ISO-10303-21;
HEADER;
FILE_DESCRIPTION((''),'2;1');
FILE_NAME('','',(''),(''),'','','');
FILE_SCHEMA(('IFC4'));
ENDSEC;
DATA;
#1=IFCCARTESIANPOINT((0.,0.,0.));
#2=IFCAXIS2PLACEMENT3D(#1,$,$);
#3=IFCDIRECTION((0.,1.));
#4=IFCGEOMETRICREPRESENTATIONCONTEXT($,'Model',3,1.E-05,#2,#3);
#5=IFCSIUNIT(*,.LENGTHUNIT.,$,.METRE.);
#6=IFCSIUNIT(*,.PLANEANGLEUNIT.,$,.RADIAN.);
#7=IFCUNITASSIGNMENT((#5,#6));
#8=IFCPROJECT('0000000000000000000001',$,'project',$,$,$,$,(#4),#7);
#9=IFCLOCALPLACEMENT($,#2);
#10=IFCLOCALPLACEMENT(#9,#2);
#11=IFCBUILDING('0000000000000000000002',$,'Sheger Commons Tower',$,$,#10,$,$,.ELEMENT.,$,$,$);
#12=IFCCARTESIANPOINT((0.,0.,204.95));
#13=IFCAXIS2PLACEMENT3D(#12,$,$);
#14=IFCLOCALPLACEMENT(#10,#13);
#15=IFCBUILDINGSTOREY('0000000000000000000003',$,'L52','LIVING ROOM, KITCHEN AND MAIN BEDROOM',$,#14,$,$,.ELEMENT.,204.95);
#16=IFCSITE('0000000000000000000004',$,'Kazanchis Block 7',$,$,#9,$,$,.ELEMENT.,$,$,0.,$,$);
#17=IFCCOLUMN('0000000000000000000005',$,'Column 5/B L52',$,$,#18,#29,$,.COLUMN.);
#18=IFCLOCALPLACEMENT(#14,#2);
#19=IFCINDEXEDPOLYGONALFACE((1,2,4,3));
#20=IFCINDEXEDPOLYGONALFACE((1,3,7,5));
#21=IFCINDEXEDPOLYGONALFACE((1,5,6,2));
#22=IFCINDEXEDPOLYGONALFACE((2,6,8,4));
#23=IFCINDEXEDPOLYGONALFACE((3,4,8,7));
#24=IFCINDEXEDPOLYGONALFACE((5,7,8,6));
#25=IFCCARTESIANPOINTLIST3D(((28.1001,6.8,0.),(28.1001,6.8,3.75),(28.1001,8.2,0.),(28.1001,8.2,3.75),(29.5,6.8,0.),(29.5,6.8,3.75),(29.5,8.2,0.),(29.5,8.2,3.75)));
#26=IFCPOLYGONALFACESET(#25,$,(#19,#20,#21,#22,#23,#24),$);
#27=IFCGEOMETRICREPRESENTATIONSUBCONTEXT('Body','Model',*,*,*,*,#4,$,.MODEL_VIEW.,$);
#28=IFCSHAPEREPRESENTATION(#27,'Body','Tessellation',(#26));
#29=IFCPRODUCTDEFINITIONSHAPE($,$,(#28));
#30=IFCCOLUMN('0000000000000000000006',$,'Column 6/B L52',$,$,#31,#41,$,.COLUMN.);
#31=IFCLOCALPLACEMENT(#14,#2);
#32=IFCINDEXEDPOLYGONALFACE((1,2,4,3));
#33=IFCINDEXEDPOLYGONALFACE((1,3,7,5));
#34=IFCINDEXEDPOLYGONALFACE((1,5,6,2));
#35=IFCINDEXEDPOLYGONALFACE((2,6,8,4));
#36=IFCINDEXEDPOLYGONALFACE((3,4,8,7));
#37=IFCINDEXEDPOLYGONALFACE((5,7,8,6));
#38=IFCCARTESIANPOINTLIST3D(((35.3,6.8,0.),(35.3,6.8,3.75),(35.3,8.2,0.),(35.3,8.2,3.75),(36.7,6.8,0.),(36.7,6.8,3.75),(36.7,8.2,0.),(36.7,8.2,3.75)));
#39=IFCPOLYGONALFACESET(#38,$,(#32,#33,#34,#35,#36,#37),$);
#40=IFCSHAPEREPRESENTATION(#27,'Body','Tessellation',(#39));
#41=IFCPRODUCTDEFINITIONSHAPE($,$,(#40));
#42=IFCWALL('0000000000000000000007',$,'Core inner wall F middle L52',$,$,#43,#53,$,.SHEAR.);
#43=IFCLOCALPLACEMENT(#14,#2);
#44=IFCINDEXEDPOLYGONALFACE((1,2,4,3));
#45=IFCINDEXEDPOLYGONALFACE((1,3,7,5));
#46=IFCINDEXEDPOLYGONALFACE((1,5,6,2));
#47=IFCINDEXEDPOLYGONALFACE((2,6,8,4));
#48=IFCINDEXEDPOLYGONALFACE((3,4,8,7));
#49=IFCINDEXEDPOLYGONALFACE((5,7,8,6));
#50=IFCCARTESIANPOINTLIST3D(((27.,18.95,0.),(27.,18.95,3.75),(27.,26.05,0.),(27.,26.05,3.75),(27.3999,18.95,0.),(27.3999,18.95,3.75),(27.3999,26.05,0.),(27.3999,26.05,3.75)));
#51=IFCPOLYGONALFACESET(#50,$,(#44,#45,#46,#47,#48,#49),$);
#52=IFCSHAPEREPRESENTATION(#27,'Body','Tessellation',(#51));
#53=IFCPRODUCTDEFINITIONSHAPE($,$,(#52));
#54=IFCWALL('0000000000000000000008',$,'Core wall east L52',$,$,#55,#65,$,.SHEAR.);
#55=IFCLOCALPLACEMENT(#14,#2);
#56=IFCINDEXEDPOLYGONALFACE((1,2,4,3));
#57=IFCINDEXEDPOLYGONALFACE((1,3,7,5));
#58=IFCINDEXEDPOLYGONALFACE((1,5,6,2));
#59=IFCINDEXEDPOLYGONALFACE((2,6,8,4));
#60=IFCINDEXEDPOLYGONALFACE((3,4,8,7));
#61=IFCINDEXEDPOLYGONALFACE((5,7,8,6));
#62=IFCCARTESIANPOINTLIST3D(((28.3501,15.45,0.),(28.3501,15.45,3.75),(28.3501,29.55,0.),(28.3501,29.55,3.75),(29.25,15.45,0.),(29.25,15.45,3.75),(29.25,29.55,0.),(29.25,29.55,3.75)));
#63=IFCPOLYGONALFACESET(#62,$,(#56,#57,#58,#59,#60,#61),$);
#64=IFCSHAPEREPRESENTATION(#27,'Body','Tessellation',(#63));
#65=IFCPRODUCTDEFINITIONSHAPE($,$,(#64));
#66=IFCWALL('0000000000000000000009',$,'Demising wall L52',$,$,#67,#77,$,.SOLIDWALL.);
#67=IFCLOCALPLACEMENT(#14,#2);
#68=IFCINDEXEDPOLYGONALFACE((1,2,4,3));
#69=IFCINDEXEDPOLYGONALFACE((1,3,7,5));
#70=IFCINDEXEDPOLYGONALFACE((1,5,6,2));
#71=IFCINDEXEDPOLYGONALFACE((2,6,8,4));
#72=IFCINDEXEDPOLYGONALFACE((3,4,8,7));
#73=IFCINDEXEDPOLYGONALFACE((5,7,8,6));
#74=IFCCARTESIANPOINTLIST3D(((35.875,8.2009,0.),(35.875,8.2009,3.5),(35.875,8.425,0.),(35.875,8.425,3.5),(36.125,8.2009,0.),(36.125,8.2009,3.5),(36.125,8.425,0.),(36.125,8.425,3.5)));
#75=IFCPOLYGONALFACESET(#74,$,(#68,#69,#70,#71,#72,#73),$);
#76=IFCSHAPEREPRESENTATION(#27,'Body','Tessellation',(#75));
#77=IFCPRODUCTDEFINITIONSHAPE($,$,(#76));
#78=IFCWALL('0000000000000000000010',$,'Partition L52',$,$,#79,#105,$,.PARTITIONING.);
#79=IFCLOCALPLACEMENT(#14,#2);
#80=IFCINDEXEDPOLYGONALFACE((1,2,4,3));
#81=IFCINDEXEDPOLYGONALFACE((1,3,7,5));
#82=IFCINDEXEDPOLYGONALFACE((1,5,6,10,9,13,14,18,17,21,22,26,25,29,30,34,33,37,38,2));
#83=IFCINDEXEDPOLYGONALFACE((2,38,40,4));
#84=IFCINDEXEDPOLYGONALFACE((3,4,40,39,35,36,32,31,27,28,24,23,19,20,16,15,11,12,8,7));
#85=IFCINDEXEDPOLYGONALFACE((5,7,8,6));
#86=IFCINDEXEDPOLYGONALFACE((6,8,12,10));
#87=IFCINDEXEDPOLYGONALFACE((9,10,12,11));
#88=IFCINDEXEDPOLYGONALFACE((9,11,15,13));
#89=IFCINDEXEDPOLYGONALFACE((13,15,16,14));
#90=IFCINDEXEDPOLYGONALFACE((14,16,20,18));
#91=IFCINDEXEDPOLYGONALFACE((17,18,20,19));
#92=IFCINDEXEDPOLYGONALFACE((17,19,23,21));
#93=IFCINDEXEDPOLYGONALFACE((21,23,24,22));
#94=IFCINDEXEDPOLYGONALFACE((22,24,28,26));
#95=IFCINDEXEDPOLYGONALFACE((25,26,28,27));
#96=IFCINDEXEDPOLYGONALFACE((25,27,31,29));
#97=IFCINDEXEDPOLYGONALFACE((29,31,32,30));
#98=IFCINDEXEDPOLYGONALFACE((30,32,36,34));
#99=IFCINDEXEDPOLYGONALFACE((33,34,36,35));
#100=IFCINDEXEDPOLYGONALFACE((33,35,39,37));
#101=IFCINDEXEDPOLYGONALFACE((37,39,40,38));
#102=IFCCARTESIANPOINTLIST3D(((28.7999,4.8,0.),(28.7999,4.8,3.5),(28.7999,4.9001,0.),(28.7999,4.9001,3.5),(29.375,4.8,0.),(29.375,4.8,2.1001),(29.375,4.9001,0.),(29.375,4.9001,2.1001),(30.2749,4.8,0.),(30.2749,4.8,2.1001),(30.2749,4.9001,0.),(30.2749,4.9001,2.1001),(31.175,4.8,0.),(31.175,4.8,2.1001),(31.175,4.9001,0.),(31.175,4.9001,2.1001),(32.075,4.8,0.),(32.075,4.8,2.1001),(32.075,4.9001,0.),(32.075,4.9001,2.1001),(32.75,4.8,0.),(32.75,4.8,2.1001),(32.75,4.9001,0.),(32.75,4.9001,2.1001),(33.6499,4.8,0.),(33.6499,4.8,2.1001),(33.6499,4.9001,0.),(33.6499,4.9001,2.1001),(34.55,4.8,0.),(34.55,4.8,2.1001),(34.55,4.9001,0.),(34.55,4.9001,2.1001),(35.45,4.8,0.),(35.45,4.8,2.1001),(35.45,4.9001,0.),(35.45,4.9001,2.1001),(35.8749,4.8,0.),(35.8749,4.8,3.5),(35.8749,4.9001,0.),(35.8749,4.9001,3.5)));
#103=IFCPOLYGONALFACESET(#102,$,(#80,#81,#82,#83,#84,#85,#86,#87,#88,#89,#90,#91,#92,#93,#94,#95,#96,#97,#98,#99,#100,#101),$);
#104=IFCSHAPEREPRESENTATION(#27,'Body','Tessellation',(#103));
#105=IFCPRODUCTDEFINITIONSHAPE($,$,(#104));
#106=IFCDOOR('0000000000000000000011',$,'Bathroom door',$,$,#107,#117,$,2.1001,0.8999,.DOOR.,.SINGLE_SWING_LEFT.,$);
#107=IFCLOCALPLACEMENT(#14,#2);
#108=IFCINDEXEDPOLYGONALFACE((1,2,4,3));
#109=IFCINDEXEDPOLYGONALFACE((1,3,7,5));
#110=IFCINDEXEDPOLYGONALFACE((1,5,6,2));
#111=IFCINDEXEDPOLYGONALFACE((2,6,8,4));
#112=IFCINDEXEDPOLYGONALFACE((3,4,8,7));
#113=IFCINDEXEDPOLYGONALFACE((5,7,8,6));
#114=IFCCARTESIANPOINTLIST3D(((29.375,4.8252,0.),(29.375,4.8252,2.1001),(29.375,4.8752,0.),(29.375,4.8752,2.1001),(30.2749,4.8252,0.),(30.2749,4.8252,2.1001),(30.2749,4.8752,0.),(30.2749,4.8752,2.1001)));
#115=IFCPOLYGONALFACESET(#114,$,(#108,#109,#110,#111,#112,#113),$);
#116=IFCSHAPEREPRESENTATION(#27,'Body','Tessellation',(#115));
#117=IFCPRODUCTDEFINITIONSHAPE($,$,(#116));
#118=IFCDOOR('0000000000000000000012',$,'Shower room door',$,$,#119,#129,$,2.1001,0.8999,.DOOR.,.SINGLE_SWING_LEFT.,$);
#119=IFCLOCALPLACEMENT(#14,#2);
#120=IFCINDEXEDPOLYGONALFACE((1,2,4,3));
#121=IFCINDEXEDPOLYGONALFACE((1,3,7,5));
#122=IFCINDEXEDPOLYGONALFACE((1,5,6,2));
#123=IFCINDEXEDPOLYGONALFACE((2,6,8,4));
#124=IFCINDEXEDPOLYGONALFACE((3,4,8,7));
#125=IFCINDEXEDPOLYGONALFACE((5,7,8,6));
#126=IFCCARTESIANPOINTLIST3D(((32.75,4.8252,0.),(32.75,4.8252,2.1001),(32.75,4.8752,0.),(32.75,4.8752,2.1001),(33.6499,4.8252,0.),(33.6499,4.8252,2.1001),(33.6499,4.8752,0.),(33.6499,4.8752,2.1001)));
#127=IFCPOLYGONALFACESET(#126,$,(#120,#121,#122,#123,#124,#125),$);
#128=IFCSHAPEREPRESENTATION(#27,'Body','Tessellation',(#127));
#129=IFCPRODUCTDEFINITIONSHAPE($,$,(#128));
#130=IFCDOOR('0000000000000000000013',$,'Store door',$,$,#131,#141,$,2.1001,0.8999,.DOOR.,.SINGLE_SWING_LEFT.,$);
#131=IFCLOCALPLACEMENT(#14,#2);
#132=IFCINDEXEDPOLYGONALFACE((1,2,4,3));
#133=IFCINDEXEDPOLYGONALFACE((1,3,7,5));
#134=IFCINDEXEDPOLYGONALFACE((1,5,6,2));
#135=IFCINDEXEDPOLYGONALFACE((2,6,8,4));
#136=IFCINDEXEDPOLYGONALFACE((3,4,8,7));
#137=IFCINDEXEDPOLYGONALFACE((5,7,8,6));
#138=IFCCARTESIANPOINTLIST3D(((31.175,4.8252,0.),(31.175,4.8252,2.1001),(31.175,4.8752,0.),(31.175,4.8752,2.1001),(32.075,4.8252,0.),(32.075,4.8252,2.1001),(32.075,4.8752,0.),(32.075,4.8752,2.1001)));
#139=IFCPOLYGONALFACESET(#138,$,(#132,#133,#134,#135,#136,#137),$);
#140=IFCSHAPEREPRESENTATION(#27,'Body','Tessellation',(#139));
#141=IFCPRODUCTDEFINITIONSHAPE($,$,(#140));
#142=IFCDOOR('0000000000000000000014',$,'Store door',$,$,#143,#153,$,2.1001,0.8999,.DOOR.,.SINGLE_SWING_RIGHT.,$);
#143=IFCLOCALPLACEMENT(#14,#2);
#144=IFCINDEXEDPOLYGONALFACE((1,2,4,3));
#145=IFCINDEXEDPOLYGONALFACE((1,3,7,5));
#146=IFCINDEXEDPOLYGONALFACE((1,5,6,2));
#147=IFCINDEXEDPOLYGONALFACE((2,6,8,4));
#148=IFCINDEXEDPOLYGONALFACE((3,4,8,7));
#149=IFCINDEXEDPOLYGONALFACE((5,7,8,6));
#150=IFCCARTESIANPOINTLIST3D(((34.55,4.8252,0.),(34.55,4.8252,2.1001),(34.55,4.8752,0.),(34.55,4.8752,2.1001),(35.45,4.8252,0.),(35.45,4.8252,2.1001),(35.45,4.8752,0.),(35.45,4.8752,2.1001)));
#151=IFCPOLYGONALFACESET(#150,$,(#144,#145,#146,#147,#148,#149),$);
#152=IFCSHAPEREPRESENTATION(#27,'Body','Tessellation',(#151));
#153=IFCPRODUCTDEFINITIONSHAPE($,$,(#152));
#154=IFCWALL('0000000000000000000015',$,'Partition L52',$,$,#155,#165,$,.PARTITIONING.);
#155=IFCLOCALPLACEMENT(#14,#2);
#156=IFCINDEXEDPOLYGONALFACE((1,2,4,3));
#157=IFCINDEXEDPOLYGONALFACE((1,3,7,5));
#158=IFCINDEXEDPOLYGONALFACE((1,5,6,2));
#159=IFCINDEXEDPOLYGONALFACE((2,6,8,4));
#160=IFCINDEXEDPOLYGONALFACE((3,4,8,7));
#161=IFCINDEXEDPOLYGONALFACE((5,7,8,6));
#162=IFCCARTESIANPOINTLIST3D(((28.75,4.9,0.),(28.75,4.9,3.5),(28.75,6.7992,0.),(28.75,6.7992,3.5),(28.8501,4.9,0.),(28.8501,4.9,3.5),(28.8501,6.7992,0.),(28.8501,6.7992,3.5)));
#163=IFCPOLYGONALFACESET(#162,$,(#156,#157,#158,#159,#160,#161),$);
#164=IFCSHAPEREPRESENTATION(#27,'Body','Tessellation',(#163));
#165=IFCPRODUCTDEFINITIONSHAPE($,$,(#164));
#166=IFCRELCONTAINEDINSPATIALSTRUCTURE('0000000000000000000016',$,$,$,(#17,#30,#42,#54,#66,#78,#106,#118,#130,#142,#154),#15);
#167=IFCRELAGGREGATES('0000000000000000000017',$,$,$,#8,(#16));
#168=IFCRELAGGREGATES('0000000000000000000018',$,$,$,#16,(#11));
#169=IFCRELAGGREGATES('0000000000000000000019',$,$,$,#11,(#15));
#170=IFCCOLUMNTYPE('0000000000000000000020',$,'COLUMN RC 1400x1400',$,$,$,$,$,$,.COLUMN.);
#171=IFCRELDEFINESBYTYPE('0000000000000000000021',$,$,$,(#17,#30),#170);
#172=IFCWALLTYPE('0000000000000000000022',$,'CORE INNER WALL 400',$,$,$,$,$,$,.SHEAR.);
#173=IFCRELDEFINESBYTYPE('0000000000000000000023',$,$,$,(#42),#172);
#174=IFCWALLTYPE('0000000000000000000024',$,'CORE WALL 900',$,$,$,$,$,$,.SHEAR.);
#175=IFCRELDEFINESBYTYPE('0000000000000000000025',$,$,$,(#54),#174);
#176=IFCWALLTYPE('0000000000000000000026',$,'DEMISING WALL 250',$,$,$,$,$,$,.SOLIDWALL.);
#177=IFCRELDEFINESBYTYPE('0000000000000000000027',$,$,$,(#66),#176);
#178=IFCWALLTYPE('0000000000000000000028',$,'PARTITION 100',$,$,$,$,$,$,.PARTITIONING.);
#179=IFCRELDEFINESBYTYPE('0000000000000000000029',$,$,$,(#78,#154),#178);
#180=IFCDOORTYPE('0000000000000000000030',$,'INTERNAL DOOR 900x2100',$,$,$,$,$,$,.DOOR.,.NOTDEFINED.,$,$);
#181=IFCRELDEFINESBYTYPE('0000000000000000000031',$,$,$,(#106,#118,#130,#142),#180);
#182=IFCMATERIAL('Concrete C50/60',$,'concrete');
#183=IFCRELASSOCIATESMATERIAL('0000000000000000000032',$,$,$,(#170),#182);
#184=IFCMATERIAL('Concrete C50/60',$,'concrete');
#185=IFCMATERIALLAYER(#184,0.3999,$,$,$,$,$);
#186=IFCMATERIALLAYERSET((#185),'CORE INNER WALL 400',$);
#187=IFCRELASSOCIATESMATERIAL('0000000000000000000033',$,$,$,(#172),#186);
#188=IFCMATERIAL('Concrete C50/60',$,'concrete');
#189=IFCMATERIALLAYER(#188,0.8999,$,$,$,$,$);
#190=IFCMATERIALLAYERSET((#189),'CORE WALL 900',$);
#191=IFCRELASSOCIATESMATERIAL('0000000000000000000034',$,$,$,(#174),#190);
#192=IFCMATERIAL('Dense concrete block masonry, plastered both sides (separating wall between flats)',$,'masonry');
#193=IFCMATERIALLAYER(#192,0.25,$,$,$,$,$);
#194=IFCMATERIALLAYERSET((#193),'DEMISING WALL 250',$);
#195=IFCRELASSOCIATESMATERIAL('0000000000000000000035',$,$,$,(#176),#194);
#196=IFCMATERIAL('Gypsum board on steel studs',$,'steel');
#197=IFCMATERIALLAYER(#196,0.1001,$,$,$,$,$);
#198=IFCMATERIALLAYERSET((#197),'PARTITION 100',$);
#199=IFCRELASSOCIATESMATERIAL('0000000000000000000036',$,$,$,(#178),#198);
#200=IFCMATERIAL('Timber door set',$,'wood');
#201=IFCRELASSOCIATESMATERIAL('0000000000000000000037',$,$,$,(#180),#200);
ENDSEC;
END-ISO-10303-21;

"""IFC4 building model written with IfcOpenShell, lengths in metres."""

from ifc_helpers import new_model, si_unit, direction, frame, frame_2d, origin, origin_2d, place, context, subcontext, project, spatial, rectangle, extrude, material, layer, layer_set, material_profile, profile_set, type_object, element, fill, save


model = new_model("IFC4")

# Units and contexts
model_context = context("Model", 3, precision=1e-05, world=origin(), true_north=direction((0.0, 1.0)))
body_context = subcontext(model_context, "Body", "Model", "MODEL_VIEW")
ifc_project = project(units=[si_unit("LENGTHUNIT", "METRE"), si_unit("PLANEANGLEUNIT", "RADIAN")], contexts=[model_context])

# Site, building, storey
site_placement = place(None, origin())
site = spatial("IfcSite", under=ifc_project, at=site_placement, Name="Kazanchis Block 7", CompositionType="ELEMENT", RefElevation=0.0)
building_placement = place(site_placement, origin())
building = spatial("IfcBuilding", under=site, at=building_placement, Name="Sheger Commons Tower", CompositionType="ELEMENT")
storey_placement = place(building_placement, frame((0.0, 0.0, 204.95)))
storey = spatial("IfcBuildingStorey", under=building, at=storey_placement, Name="L52", Description="LIVING ROOM, KITCHEN AND MAIN BEDROOM", CompositionType="ELEMENT", Elevation=204.95)

# Columns
ifc_material_1 = material(Name="Concrete C50/60", Category="concrete")
ifc_material_profile = material_profile(ifc_material_1, rectangle(XDim=1.3999, YDim=1.3999, at=origin_2d()), Name="RC 1400x1400")
ifc_profile_set = profile_set([ifc_material_profile], Name="Concrete C50/60")
column_type = type_object("IfcColumnType", Name="COLUMN RC 1400x1400", PredefinedType="COLUMN", material=ifc_profile_set)
for number, where, z_axis, x_axis, name in (
    (1, (28.8, 7.5, 0.0), (0.0, 0.0, 1.0), (1.0, 0.0, 0.0), "Column 5/B L52"),
    (2, (36.0, 7.5, 0.0), (0.0, 0.0, 1.0), (1.0, 0.0, 0.0), "Column 6/B L52"),
):
    element("IfcColumn", number, at=place(storey_placement, frame(where, z_axis=z_axis, x_axis=x_axis)), inside=storey, type_object=column_type, Name=name, PredefinedType="COLUMN", context=body_context, shape_type="SweptSolid", body=[
        extrude(rectangle(XDim=1.3999, YDim=1.3999, at=origin_2d()), origin(), (0.0, 0.0, 1.0), 3.75),
    ])

# Walls
ifc_material_2 = material(Name="Concrete C50/60", Category="concrete")
ifc_layer_1 = layer(ifc_material_2, 0.3999)
ifc_layer_set_1 = layer_set([ifc_layer_1], Name="CORE INNER WALL 400")
wall_type_1 = type_object("IfcWallType", Name="CORE INNER WALL 400", PredefinedType="SHEAR", material=ifc_layer_set_1)
wall_1_placement = place(storey_placement, frame((27.2, 18.95, 0.0), z_axis=(0.0, 0.0, 1.0), x_axis=(0.0, 1.0, 0.0)))
element("IfcWall", 3, at=wall_1_placement, inside=storey, type_object=wall_type_1, Name="Core inner wall F middle L52", PredefinedType="SHEAR", context=body_context, shape_type="SweptSolid", body=[
    extrude(rectangle(XDim=7.1001, YDim=0.3999, at=frame_2d((3.55, 0.0))), origin(), (0.0, 0.0, 1.0), 3.75),
])
ifc_material_3 = material(Name="Concrete C50/60", Category="concrete")
ifc_layer_2 = layer(ifc_material_3, 0.8999)
ifc_layer_set_2 = layer_set([ifc_layer_2], Name="CORE WALL 900")
wall_type_2 = type_object("IfcWallType", Name="CORE WALL 900", PredefinedType="SHEAR", material=ifc_layer_set_2)
wall_2_placement = place(storey_placement, frame((28.8, 15.45, 0.0), z_axis=(0.0, 0.0, 1.0), x_axis=(0.0, 1.0, 0.0)))
element("IfcWall", 4, at=wall_2_placement, inside=storey, type_object=wall_type_2, Name="Core wall east L52", PredefinedType="SHEAR", context=body_context, shape_type="SweptSolid", body=[
    extrude(rectangle(XDim=14.1001, YDim=0.8999, at=frame_2d((7.05, 0.0))), origin(), (0.0, 0.0, 1.0), 3.75),
])
ifc_material_4 = material(Name="Dense concrete block masonry, plastered both sides (separating wall between flats)", Category="masonry")
ifc_layer_3 = layer(ifc_material_4, 0.25)
ifc_layer_set_3 = layer_set([ifc_layer_3], Name="DEMISING WALL 250")
wall_type_3 = type_object("IfcWallType", Name="DEMISING WALL 250", PredefinedType="SOLIDWALL", material=ifc_layer_set_3)
wall_3_placement = place(storey_placement, frame((36.0, 8.2009, 0.0), z_axis=(0.0, 0.0, 1.0), x_axis=(0.0, 1.0, 0.0)))
element("IfcWall", 5, at=wall_3_placement, inside=storey, type_object=wall_type_3, Name="Demising wall L52", PredefinedType="SOLIDWALL", context=body_context, shape_type="SweptSolid", body=[
    extrude(rectangle(XDim=0.2241, YDim=0.25, at=frame_2d((0.1121, 0.0))), origin(), (0.0, 0.0, 1.0), 3.5),
])

# Wall, openings, doors
ifc_material_5 = material(Name="Gypsum board on steel studs", Category="steel")
ifc_layer_4 = layer(ifc_material_5, 0.1001)
ifc_layer_set_4 = layer_set([ifc_layer_4], Name="PARTITION 100")
wall_type_4 = type_object("IfcWallType", Name="PARTITION 100", PredefinedType="PARTITIONING", material=ifc_layer_set_4)
wall_4_placement = place(storey_placement, frame((35.875, 4.8501, 0.0), z_axis=(0.0, 0.0, 1.0), x_axis=(-1.0, 0.0, 0.0)))
wall_4 = element("IfcWall", 6, at=wall_4_placement, inside=storey, type_object=wall_type_4, Name="Partition L52", PredefinedType="PARTITIONING", context=body_context, shape_type="SweptSolid", body=[
    extrude(rectangle(XDim=7.075, YDim=0.1001, at=frame_2d((3.5376, 0.0))), origin(), (0.0, 0.0, 1.0), 3.5),
])
opening_1_placement = place(wall_4_placement, frame((5.6001, 0.0, 0.0)))
opening_1 = element("IfcOpeningElement", 7, at=opening_1_placement, cuts=wall_4, PredefinedType="OPENING", context=body_context, shape_type="SweptSolid", body=[
    extrude(rectangle(XDim=0.8999, YDim=2.1001, at=frame_2d((0.45, 1.05))), frame((0.0, 0.0601, 0.0), z_axis=(0.0, -1.0, 0.0), x_axis=(1.0, 0.0, 0.0)), (0.0, 0.0, 1.0), 0.1201),
])
opening_2_placement = place(wall_4_placement, frame((2.2251, 0.0, 0.0)))
opening_2 = element("IfcOpeningElement", 8, at=opening_2_placement, cuts=wall_4, PredefinedType="OPENING", context=body_context, shape_type="SweptSolid", body=[
    extrude(rectangle(XDim=0.8999, YDim=2.1001, at=frame_2d((0.45, 1.05))), frame((0.0, 0.0601, 0.0), z_axis=(0.0, -1.0, 0.0), x_axis=(1.0, 0.0, 0.0)), (0.0, 0.0, 1.0), 0.1201),
])
opening_3_placement = place(wall_4_placement, frame((3.8, 0.0, 0.0)))
opening_3 = element("IfcOpeningElement", 9, at=opening_3_placement, cuts=wall_4, PredefinedType="OPENING", context=body_context, shape_type="SweptSolid", body=[
    extrude(rectangle(XDim=0.8999, YDim=2.1001, at=frame_2d((0.45, 1.05))), frame((0.0, 0.0601, 0.0), z_axis=(0.0, -1.0, 0.0), x_axis=(1.0, 0.0, 0.0)), (0.0, 0.0, 1.0), 0.1201),
])
opening_4_placement = place(wall_4_placement, frame((0.425, 0.0, 0.0)))
opening_4 = element("IfcOpeningElement", 10, at=opening_4_placement, cuts=wall_4, PredefinedType="OPENING", context=body_context, shape_type="SweptSolid", body=[
    extrude(rectangle(XDim=0.8999, YDim=2.1001, at=frame_2d((0.45, 1.05))), frame((0.0, 0.0601, 0.0), z_axis=(0.0, -1.0, 0.0), x_axis=(1.0, 0.0, 0.0)), (0.0, 0.0, 1.0), 0.1201),
])
ifc_material_6 = material(Name="Timber door set", Category="wood")
door_type = type_object("IfcDoorType", Name="INTERNAL DOOR 900x2100", OperationType="NOTDEFINED", PredefinedType="DOOR", material=ifc_material_6)
door_1_placement = place(opening_1_placement, origin())
door_1 = element("IfcDoor", 11, at=door_1_placement, inside=storey, type_object=door_type, Name="Bathroom door", OperationType="SINGLE_SWING_LEFT", OverallHeight=2.1001, OverallWidth=0.8999, PredefinedType="DOOR", context=body_context, shape_type="SweptSolid", body=[
    extrude(rectangle(XDim=0.8999, YDim=2.1001, at=frame_2d((0.45, 1.05))), frame((0.0, 0.0249, 0.0), z_axis=(0.0, -1.0, 0.0), x_axis=(1.0, 0.0, 0.0)), (0.0, 0.0, 1.0), 0.05),
])
fill(opening_1, door_1)
door_2_placement = place(opening_2_placement, origin())
door_2 = element("IfcDoor", 12, at=door_2_placement, inside=storey, type_object=door_type, Name="Shower room door", OperationType="SINGLE_SWING_LEFT", OverallHeight=2.1001, OverallWidth=0.8999, PredefinedType="DOOR", context=body_context, shape_type="SweptSolid", body=[
    extrude(rectangle(XDim=0.8999, YDim=2.1001, at=frame_2d((0.45, 1.05))), frame((0.0, 0.0249, 0.0), z_axis=(0.0, -1.0, 0.0), x_axis=(1.0, 0.0, 0.0)), (0.0, 0.0, 1.0), 0.05),
])
fill(opening_2, door_2)
door_3_placement = place(opening_3_placement, origin())
door_3 = element("IfcDoor", 13, at=door_3_placement, inside=storey, type_object=door_type, Name="Store door", OperationType="SINGLE_SWING_LEFT", OverallHeight=2.1001, OverallWidth=0.8999, PredefinedType="DOOR", context=body_context, shape_type="SweptSolid", body=[
    extrude(rectangle(XDim=0.8999, YDim=2.1001, at=frame_2d((0.45, 1.05))), frame((0.0, 0.0249, 0.0), z_axis=(0.0, -1.0, 0.0), x_axis=(1.0, 0.0, 0.0)), (0.0, 0.0, 1.0), 0.05),
])
fill(opening_3, door_3)
door_4_placement = place(opening_4_placement, origin())
door_4 = element("IfcDoor", 14, at=door_4_placement, inside=storey, type_object=door_type, Name="Store door", OperationType="SINGLE_SWING_RIGHT", OverallHeight=2.1001, OverallWidth=0.8999, PredefinedType="DOOR", context=body_context, shape_type="SweptSolid", body=[
    extrude(rectangle(XDim=0.8999, YDim=2.1001, at=frame_2d((0.45, 1.05))), frame((0.0, 0.0249, 0.0), z_axis=(0.0, -1.0, 0.0), x_axis=(1.0, 0.0, 0.0)), (0.0, 0.0, 1.0), 0.05),
])
fill(opening_4, door_4)

# Wall
wall_5_placement = place(storey_placement, frame((28.8, 4.8999, 0.0), z_axis=(0.0, 0.0, 1.0), x_axis=(0.0, 1.0, 0.0)))
element("IfcWall", 15, at=wall_5_placement, inside=storey, type_object=wall_type_4, Name="Partition L52", PredefinedType="PARTITIONING", context=body_context, shape_type="SweptSolid", body=[
    extrude(rectangle(XDim=1.8992, YDim=0.1001, at=frame_2d((0.9497, 0.0))), origin(), (0.0, 0.0, 1.0), 3.5),
])

save(model, "model.ifc")
